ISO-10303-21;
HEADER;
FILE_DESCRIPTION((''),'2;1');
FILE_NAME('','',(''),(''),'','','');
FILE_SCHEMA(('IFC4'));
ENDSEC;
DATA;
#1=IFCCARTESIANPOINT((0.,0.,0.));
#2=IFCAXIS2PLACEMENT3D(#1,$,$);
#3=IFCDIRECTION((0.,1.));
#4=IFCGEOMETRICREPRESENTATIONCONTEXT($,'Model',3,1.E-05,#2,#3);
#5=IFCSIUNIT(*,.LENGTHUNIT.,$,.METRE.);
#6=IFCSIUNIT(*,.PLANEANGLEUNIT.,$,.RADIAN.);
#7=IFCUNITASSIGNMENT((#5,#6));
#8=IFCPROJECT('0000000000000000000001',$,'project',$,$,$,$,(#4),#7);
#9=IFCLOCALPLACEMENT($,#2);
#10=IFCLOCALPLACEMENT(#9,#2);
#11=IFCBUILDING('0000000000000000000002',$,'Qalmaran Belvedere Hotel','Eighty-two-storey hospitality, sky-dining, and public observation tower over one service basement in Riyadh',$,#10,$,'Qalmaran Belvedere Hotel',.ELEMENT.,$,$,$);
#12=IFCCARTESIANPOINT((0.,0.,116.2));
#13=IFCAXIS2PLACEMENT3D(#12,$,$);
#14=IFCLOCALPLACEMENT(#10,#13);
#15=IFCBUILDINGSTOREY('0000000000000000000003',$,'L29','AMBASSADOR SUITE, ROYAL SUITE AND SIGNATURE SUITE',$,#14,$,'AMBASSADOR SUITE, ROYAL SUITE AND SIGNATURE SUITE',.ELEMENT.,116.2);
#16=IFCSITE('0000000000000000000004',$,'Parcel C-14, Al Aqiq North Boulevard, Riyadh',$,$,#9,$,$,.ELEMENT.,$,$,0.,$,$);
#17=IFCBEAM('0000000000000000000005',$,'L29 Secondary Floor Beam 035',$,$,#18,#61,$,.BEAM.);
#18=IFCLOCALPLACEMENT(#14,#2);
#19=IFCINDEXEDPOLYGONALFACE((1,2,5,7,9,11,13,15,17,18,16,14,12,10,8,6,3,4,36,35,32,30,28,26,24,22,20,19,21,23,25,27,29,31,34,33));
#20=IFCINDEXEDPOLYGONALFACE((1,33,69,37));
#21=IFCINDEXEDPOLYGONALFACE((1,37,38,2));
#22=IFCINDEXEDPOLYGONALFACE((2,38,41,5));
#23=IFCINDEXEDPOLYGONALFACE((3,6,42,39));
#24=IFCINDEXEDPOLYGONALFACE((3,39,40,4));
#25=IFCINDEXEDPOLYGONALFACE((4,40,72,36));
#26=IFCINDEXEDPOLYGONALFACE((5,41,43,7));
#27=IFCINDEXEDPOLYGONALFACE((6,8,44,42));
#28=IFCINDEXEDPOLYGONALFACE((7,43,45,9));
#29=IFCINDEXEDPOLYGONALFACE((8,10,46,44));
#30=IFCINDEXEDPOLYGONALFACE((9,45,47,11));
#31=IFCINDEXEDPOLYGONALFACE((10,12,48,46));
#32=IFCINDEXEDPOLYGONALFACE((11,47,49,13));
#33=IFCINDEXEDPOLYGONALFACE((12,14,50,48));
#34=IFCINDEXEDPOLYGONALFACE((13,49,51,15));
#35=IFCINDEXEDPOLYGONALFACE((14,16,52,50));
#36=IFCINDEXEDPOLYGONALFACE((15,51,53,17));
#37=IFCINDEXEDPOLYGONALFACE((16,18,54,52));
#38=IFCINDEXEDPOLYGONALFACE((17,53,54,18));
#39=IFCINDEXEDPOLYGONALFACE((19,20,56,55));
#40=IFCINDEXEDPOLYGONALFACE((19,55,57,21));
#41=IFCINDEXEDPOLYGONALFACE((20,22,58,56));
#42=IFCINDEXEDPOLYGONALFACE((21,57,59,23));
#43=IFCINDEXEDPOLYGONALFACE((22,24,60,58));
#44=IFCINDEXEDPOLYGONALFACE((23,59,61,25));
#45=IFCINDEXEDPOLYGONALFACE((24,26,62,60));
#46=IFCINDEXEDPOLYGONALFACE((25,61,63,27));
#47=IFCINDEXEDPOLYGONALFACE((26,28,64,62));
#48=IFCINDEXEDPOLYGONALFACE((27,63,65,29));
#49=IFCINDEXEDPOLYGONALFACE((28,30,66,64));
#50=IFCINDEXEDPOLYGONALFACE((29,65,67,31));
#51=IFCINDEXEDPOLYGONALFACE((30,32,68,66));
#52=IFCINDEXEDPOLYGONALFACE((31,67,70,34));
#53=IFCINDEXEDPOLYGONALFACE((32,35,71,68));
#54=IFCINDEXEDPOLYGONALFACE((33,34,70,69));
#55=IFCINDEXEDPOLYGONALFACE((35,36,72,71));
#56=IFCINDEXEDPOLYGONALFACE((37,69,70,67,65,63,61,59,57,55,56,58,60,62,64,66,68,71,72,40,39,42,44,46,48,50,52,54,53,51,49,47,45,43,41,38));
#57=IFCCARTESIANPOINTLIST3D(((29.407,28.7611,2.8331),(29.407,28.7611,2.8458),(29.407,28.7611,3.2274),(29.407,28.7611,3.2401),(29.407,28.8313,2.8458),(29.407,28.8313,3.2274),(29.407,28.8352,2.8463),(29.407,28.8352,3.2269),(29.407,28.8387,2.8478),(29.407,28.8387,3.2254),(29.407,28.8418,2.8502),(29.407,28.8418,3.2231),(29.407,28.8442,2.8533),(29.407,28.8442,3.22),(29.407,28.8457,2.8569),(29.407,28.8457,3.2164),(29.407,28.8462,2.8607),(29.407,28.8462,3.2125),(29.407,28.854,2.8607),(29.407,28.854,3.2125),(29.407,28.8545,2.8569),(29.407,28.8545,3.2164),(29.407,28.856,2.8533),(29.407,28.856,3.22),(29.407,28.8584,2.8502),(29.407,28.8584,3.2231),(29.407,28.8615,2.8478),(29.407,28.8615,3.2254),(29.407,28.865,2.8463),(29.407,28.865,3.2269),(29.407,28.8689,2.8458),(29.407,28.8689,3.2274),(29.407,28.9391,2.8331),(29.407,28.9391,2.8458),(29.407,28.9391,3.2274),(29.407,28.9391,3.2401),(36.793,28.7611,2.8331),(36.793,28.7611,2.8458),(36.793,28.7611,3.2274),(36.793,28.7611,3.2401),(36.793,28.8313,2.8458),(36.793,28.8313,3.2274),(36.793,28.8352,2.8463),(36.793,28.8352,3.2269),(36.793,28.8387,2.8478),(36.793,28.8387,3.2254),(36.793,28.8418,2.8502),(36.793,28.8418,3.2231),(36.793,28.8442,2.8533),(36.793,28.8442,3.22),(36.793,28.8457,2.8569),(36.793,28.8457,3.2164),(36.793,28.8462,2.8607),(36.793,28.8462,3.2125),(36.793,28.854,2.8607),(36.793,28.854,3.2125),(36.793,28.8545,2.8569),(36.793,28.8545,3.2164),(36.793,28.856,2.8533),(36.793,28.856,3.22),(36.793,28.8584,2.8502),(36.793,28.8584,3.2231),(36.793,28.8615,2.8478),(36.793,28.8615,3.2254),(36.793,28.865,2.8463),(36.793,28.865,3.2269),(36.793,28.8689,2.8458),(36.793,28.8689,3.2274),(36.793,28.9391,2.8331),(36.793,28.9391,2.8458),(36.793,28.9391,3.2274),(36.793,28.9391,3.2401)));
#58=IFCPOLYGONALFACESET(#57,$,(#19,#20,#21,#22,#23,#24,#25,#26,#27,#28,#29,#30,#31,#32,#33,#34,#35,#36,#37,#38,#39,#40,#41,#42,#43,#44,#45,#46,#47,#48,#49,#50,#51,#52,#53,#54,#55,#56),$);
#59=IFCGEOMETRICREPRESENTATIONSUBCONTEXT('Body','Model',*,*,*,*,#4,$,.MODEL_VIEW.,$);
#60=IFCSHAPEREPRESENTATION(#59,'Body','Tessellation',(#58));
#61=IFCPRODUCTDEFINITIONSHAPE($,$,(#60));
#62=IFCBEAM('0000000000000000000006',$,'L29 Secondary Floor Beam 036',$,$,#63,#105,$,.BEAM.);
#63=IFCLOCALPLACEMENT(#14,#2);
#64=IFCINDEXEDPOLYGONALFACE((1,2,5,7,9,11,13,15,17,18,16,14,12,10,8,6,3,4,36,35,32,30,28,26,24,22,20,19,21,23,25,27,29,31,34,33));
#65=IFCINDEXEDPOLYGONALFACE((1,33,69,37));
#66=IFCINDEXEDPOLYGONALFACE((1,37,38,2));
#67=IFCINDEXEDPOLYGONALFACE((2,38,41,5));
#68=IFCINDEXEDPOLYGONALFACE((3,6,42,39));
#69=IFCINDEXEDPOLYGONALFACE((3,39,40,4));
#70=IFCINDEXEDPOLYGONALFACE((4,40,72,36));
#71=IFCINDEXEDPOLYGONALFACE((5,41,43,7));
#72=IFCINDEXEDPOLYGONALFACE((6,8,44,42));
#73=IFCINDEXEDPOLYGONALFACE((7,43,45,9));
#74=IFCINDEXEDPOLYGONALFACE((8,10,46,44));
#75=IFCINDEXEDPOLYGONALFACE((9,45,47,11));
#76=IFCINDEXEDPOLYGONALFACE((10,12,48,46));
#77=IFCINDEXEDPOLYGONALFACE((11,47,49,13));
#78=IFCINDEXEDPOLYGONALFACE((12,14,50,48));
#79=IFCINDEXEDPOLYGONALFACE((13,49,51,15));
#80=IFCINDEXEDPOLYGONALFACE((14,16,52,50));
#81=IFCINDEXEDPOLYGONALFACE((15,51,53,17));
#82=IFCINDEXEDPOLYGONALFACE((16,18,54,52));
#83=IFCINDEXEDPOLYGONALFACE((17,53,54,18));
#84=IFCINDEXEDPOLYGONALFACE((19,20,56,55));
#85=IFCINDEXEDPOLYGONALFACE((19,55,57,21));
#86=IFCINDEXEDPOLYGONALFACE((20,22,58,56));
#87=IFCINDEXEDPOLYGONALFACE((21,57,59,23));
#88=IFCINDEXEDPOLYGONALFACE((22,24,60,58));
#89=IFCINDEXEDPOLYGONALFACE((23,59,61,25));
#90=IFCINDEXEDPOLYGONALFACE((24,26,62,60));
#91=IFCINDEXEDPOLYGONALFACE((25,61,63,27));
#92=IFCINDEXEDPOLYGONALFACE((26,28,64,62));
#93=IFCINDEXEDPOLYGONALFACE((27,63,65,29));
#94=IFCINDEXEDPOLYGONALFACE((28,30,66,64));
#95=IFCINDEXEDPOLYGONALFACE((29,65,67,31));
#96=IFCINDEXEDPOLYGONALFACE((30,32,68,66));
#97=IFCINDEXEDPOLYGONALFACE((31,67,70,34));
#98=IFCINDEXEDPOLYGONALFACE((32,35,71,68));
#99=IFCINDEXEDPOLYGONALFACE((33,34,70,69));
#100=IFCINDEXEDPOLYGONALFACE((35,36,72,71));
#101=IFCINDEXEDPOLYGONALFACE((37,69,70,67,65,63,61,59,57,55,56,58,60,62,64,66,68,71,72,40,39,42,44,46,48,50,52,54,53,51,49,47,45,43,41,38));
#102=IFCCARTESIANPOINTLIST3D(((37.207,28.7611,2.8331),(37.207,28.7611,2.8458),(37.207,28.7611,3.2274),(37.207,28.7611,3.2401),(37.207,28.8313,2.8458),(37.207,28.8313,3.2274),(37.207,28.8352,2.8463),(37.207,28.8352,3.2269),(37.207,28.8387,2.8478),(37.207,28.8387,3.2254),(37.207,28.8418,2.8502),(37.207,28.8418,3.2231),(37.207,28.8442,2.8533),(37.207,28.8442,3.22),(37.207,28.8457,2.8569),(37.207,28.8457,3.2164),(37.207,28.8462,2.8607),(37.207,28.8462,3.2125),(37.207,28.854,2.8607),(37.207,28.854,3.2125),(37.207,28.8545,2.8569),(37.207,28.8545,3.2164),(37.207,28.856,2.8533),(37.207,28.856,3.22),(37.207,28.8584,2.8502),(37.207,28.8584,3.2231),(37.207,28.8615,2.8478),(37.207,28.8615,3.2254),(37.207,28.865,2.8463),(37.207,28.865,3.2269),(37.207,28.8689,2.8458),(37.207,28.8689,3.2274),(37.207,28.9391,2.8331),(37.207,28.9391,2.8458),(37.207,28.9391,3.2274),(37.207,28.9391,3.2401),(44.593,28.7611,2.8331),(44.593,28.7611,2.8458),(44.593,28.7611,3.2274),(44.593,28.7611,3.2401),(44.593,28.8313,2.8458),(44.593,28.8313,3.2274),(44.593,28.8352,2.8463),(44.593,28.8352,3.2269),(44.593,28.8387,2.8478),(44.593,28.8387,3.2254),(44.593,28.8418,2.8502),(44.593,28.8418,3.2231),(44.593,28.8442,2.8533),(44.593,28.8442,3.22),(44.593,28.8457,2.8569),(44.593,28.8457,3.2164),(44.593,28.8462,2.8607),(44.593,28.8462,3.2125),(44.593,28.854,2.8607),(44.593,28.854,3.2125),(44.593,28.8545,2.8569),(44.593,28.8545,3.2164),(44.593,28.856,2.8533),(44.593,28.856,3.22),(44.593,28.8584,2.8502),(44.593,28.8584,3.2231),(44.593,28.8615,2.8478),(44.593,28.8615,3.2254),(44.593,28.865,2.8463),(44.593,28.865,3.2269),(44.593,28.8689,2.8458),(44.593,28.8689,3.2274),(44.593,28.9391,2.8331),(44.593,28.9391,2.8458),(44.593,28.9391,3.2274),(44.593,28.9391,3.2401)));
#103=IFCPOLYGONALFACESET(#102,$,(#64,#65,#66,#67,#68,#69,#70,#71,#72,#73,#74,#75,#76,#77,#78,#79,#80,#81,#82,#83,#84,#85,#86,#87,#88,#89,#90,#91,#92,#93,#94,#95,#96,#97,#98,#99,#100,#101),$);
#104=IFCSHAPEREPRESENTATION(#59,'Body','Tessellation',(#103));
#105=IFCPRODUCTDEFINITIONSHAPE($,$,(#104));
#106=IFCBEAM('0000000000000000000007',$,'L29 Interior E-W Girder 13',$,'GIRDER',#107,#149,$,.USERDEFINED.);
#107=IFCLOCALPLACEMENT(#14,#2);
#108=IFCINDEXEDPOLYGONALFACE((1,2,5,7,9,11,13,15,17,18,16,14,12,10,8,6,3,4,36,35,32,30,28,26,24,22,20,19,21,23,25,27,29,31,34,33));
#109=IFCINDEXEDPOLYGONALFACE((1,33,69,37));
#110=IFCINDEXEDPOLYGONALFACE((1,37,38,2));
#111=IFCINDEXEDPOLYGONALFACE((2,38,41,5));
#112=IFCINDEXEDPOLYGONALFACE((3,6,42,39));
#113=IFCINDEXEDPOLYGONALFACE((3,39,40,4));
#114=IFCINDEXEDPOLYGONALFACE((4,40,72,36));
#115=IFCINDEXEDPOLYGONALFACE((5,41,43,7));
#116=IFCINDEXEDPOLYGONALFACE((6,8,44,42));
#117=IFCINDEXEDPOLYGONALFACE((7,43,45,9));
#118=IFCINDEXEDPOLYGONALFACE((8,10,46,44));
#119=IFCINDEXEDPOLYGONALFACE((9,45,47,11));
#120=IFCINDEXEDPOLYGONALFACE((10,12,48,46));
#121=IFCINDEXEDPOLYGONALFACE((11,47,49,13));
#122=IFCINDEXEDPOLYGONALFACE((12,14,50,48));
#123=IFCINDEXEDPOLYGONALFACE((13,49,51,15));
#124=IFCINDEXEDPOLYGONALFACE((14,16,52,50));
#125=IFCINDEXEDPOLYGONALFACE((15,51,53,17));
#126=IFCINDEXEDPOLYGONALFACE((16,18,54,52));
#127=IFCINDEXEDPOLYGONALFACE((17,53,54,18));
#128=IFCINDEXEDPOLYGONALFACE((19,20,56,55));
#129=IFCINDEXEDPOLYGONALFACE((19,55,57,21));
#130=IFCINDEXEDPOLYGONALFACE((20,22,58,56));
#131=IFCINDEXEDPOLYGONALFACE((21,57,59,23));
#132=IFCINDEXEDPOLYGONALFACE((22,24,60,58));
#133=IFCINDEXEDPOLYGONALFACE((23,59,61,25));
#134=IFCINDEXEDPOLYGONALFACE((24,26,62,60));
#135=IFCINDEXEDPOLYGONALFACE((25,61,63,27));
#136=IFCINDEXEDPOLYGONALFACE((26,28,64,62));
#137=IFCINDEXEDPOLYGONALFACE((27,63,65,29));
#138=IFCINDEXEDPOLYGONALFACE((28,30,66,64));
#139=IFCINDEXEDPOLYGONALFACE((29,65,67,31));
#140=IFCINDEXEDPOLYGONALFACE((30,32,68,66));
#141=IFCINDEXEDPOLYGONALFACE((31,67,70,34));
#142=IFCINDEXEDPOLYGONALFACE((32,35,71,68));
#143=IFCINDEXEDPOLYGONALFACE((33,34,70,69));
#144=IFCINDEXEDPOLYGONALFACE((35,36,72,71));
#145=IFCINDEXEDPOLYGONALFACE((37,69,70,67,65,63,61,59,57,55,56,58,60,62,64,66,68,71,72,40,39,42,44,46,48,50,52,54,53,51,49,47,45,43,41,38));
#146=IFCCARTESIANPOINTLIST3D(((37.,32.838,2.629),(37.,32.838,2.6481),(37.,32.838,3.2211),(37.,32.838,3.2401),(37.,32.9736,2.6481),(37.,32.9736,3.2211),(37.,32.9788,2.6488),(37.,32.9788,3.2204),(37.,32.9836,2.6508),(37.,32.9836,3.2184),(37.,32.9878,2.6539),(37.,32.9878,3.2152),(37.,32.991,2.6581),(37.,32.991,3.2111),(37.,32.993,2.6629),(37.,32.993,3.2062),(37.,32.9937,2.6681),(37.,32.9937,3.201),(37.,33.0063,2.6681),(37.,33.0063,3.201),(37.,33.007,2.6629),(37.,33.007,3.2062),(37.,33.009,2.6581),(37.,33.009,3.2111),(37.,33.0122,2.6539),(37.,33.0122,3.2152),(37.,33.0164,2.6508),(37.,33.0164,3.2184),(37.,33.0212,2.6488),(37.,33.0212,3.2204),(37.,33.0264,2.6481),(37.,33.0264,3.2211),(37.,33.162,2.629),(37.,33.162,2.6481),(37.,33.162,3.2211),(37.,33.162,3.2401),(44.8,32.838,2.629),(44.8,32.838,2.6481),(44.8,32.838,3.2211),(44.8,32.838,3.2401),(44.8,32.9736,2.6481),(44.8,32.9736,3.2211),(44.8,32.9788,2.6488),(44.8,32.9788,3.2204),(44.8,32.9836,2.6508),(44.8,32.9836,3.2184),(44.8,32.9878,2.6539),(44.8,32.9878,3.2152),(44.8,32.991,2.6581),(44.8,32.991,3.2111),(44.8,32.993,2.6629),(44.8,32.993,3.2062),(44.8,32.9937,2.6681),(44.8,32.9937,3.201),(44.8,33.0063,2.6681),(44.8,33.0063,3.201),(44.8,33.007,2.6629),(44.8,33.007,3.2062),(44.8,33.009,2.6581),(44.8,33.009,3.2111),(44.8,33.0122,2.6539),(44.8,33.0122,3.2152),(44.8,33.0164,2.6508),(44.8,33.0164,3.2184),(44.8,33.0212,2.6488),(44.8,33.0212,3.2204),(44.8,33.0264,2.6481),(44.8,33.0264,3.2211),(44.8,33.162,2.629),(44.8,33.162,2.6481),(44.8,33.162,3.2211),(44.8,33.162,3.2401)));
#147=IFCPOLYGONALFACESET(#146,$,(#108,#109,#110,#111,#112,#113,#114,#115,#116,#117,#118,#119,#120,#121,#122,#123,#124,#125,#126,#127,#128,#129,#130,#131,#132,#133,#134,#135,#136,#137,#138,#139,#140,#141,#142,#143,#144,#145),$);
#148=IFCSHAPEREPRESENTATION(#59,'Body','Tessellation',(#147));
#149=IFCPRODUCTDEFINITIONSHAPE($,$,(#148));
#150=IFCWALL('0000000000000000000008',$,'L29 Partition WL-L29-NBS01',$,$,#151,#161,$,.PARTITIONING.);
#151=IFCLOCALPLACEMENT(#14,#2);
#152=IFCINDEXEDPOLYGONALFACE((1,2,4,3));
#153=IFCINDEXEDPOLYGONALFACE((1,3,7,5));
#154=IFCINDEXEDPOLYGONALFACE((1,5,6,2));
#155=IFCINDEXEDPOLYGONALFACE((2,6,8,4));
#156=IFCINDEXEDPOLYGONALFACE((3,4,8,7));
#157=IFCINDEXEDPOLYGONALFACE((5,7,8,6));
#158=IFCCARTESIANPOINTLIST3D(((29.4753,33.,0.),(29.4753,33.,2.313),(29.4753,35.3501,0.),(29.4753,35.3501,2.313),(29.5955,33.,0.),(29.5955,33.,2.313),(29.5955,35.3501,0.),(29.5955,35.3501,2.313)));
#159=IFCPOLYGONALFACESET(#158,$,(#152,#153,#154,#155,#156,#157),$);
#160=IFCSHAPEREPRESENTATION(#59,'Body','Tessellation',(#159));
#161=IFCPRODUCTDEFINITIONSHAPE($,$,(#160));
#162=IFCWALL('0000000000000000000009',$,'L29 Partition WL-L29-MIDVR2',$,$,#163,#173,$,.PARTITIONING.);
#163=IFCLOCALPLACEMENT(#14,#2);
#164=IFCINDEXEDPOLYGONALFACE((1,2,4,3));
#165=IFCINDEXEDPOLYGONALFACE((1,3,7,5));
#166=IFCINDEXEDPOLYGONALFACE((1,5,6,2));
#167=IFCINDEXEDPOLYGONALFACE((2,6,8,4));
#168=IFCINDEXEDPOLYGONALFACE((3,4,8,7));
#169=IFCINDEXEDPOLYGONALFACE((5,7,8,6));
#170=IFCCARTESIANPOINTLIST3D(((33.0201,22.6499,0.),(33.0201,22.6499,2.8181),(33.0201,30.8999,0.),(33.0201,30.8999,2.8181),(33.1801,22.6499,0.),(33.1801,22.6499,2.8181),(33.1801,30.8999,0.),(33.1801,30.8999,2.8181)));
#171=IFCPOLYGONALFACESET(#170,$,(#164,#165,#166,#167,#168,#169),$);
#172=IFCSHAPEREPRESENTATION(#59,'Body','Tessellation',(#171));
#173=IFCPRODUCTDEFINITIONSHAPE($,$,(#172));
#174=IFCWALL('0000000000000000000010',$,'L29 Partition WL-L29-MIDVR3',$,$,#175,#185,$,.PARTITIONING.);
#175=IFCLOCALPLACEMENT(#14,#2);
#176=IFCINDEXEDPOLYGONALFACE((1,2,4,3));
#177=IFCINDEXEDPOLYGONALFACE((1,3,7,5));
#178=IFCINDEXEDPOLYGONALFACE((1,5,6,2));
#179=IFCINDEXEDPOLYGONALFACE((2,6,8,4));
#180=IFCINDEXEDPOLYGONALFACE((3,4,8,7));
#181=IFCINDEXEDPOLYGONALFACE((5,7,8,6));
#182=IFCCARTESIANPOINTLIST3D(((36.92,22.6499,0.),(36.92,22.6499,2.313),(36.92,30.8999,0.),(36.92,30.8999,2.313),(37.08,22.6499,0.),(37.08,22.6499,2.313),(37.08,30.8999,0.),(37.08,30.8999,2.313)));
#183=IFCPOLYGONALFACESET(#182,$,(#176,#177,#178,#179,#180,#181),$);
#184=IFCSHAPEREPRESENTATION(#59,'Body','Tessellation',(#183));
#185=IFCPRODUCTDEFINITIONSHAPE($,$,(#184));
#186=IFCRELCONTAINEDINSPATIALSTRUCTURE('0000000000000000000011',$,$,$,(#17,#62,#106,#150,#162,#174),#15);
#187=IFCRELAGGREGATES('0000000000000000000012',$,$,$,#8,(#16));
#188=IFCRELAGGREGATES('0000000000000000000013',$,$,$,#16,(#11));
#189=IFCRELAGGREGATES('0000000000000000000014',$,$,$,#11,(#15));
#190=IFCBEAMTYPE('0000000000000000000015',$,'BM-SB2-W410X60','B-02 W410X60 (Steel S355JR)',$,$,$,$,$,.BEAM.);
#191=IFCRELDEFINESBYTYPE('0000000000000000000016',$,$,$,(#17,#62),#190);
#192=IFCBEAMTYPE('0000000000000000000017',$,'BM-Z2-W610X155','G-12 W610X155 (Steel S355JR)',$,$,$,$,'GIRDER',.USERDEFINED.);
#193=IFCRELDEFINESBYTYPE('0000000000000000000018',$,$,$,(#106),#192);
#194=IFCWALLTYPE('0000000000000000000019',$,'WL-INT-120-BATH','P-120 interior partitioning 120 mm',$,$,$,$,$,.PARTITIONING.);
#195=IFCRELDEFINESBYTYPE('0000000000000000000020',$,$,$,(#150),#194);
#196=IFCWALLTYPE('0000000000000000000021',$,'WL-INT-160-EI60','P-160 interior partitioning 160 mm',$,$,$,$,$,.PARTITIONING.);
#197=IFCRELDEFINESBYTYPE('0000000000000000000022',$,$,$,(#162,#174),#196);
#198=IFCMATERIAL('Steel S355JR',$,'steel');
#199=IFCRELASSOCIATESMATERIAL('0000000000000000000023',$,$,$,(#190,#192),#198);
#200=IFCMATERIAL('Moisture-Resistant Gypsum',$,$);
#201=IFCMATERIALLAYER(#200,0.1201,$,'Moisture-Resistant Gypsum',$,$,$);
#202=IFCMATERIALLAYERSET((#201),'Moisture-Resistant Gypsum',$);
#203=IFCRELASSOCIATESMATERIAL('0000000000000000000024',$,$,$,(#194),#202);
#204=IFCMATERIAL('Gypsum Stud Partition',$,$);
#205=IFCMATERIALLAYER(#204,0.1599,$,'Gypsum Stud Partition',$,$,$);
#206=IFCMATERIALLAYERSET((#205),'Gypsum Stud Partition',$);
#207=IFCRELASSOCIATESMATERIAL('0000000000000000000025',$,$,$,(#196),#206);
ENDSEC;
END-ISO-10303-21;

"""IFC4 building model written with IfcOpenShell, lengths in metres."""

from ifc_helpers import new_model, si_unit, direction, frame, frame_2d, origin, origin_2d, place, context, subcontext, project, spatial, rectangle, i_section, extrude, material, layer, layer_set, material_profile, profile_set, type_object, element, save


model = new_model("IFC4")

# Units and contexts
model_context = context("Model", 3, precision=1e-05, world=origin(), true_north=direction((0.0, 1.0)))
body_context = subcontext(model_context, "Body", "Model", "MODEL_VIEW")
ifc_project = project(units=[si_unit("LENGTHUNIT", "METRE"), si_unit("PLANEANGLEUNIT", "RADIAN")], contexts=[model_context])

# Site, building, storey
site_placement = place(None, origin())
site = spatial("IfcSite", under=ifc_project, at=site_placement, Name="Parcel C-14, Al Aqiq North Boulevard, Riyadh", CompositionType="ELEMENT", RefElevation=0.0)
building_placement = place(site_placement, origin())
building = spatial("IfcBuilding", under=site, at=building_placement, Name="Qalmaran Belvedere Hotel", Description="Eighty-two-storey hospitality, sky-dining, and public observation tower over one service basement in Riyadh", LongName="Qalmaran Belvedere Hotel", CompositionType="ELEMENT")
storey_placement = place(building_placement, frame((0.0, 0.0, 116.2)))
storey = spatial("IfcBuildingStorey", under=building, at=storey_placement, Name="L29", Description="AMBASSADOR SUITE, ROYAL SUITE AND SIGNATURE SUITE", LongName="AMBASSADOR SUITE, ROYAL SUITE AND SIGNATURE SUITE", CompositionType="ELEMENT", Elevation=116.2)

# Beams
ifc_material_1 = material(Name="Steel S355JR", Category="steel")
ifc_material_profile_1 = material_profile(ifc_material_1, i_section(OverallWidth=0.178, OverallDepth=0.407, WebThickness=0.0078, FlangeThickness=0.0127, FilletRadius=0.0149, at=origin_2d()), Name="W410X60")
ifc_profile_set_1 = profile_set([ifc_material_profile_1], Name="Steel S355JR")
beam_type_1 = type_object("IfcBeamType", Name="BM-SB2-W410X60", Description="B-02 W410X60 (Steel S355JR)", PredefinedType="BEAM", material=ifc_profile_set_1)
for number, where, z_axis, x_axis, name in (
    (1, (29.407, 28.8501, 3.0366), (1.0, 0.0, 0.0), (0.0, 1.0, 0.0), "L29 Secondary Floor Beam 035"),
    (2, (37.207, 28.8501, 3.0366), (1.0, 0.0, 0.0), (0.0, 1.0, 0.0), "L29 Secondary Floor Beam 036"),
):
    element("IfcBeam", number, at=place(storey_placement, frame(where, z_axis=z_axis, x_axis=x_axis)), inside=storey, type_object=beam_type_1, Name=name, PredefinedType="BEAM", context=body_context, shape_type="SweptSolid", body=[
        extrude(i_section(OverallWidth=0.178, OverallDepth=0.407, WebThickness=0.0078, FlangeThickness=0.0127, FilletRadius=0.0149, at=origin_2d()), origin(), (0.0, 0.0, 1.0), 7.386),
    ])
ifc_material_profile_2 = material_profile(ifc_material_1, i_section(OverallWidth=0.324, OverallDepth=0.6111, WebThickness=0.0127, FlangeThickness=0.019, FilletRadius=0.02, at=origin_2d()), Name="W610X155")
ifc_profile_set_2 = profile_set([ifc_material_profile_2], Name="Steel S355JR")
beam_type_2 = type_object("IfcBeamType", Name="BM-Z2-W610X155", Description="G-12 W610X155 (Steel S355JR)", ElementType="GIRDER", PredefinedType="USERDEFINED", material=ifc_profile_set_2)
beam_1_placement = place(storey_placement, frame((37.0, 33.0, 2.9346), z_axis=(1.0, 0.0, 0.0), x_axis=(0.0, 1.0, 0.0)))
element("IfcBeam", 3, at=beam_1_placement, inside=storey, type_object=beam_type_2, Name="L29 Interior E-W Girder 13", ObjectType="GIRDER", PredefinedType="USERDEFINED", context=body_context, shape_type="SweptSolid", body=[
    extrude(i_section(OverallWidth=0.324, OverallDepth=0.6111, WebThickness=0.0127, FlangeThickness=0.019, FilletRadius=0.02, at=origin_2d()), origin(), (0.0, 0.0, 1.0), 7.8),
])

# Walls
ifc_material_2 = material(Name="Moisture-Resistant Gypsum")
ifc_layer_1 = layer(ifc_material_2, 0.1201, Name="Moisture-Resistant Gypsum")
ifc_layer_set_1 = layer_set([ifc_layer_1], Name="Moisture-Resistant Gypsum")
wall_type_1 = type_object("IfcWallType", Name="WL-INT-120-BATH", Description="P-120 interior partitioning 120 mm", PredefinedType="PARTITIONING", material=ifc_layer_set_1)
wall_1_placement = place(storey_placement, frame((29.5354, 33.0, 0.0), z_axis=(0.0, 0.0, 1.0), x_axis=(0.0, 1.0, 0.0)))
element("IfcWall", 4, at=wall_1_placement, inside=storey, type_object=wall_type_1, Name="L29 Partition WL-L29-NBS01", PredefinedType="PARTITIONING", context=body_context, shape_type="SweptSolid", body=[
    extrude(rectangle(XDim=2.3501, YDim=0.1201, at=frame_2d((1.175, 0.0))), origin(), (0.0, 0.0, 1.0), 2.313),
])
ifc_material_3 = material(Name="Gypsum Stud Partition")
ifc_layer_2 = layer(ifc_material_3, 0.1599, Name="Gypsum Stud Partition")
ifc_layer_set_2 = layer_set([ifc_layer_2], Name="Gypsum Stud Partition")
wall_type_2 = type_object("IfcWallType", Name="WL-INT-160-EI60", Description="P-160 interior partitioning 160 mm", PredefinedType="PARTITIONING", material=ifc_layer_set_2)
wall_2_placement = place(storey_placement, frame((33.1001, 22.6499, 0.0), z_axis=(0.0, 0.0, 1.0), x_axis=(0.0, 1.0, 0.0)))
element("IfcWall", 5, at=wall_2_placement, inside=storey, type_object=wall_type_2, Name="L29 Partition WL-L29-MIDVR2", PredefinedType="PARTITIONING", context=body_context, shape_type="SweptSolid", body=[
    extrude(rectangle(XDim=8.25, YDim=0.1599, at=frame_2d((4.125, 0.0))), origin(), (0.0, 0.0, 1.0), 2.8181),
])
wall_3_placement = place(storey_placement, frame((37.0, 22.6499, 0.0), z_axis=(0.0, 0.0, 1.0), x_axis=(0.0, 1.0, 0.0)))
element("IfcWall", 6, at=wall_3_placement, inside=storey, type_object=wall_type_2, Name="L29 Partition WL-L29-MIDVR3", PredefinedType="PARTITIONING", context=body_context, shape_type="SweptSolid", body=[
    extrude(rectangle(XDim=8.25, YDim=0.1599, at=frame_2d((4.125, 0.0))), origin(), (0.0, 0.0, 1.0), 2.313),
])

save(model, "model.ifc")
